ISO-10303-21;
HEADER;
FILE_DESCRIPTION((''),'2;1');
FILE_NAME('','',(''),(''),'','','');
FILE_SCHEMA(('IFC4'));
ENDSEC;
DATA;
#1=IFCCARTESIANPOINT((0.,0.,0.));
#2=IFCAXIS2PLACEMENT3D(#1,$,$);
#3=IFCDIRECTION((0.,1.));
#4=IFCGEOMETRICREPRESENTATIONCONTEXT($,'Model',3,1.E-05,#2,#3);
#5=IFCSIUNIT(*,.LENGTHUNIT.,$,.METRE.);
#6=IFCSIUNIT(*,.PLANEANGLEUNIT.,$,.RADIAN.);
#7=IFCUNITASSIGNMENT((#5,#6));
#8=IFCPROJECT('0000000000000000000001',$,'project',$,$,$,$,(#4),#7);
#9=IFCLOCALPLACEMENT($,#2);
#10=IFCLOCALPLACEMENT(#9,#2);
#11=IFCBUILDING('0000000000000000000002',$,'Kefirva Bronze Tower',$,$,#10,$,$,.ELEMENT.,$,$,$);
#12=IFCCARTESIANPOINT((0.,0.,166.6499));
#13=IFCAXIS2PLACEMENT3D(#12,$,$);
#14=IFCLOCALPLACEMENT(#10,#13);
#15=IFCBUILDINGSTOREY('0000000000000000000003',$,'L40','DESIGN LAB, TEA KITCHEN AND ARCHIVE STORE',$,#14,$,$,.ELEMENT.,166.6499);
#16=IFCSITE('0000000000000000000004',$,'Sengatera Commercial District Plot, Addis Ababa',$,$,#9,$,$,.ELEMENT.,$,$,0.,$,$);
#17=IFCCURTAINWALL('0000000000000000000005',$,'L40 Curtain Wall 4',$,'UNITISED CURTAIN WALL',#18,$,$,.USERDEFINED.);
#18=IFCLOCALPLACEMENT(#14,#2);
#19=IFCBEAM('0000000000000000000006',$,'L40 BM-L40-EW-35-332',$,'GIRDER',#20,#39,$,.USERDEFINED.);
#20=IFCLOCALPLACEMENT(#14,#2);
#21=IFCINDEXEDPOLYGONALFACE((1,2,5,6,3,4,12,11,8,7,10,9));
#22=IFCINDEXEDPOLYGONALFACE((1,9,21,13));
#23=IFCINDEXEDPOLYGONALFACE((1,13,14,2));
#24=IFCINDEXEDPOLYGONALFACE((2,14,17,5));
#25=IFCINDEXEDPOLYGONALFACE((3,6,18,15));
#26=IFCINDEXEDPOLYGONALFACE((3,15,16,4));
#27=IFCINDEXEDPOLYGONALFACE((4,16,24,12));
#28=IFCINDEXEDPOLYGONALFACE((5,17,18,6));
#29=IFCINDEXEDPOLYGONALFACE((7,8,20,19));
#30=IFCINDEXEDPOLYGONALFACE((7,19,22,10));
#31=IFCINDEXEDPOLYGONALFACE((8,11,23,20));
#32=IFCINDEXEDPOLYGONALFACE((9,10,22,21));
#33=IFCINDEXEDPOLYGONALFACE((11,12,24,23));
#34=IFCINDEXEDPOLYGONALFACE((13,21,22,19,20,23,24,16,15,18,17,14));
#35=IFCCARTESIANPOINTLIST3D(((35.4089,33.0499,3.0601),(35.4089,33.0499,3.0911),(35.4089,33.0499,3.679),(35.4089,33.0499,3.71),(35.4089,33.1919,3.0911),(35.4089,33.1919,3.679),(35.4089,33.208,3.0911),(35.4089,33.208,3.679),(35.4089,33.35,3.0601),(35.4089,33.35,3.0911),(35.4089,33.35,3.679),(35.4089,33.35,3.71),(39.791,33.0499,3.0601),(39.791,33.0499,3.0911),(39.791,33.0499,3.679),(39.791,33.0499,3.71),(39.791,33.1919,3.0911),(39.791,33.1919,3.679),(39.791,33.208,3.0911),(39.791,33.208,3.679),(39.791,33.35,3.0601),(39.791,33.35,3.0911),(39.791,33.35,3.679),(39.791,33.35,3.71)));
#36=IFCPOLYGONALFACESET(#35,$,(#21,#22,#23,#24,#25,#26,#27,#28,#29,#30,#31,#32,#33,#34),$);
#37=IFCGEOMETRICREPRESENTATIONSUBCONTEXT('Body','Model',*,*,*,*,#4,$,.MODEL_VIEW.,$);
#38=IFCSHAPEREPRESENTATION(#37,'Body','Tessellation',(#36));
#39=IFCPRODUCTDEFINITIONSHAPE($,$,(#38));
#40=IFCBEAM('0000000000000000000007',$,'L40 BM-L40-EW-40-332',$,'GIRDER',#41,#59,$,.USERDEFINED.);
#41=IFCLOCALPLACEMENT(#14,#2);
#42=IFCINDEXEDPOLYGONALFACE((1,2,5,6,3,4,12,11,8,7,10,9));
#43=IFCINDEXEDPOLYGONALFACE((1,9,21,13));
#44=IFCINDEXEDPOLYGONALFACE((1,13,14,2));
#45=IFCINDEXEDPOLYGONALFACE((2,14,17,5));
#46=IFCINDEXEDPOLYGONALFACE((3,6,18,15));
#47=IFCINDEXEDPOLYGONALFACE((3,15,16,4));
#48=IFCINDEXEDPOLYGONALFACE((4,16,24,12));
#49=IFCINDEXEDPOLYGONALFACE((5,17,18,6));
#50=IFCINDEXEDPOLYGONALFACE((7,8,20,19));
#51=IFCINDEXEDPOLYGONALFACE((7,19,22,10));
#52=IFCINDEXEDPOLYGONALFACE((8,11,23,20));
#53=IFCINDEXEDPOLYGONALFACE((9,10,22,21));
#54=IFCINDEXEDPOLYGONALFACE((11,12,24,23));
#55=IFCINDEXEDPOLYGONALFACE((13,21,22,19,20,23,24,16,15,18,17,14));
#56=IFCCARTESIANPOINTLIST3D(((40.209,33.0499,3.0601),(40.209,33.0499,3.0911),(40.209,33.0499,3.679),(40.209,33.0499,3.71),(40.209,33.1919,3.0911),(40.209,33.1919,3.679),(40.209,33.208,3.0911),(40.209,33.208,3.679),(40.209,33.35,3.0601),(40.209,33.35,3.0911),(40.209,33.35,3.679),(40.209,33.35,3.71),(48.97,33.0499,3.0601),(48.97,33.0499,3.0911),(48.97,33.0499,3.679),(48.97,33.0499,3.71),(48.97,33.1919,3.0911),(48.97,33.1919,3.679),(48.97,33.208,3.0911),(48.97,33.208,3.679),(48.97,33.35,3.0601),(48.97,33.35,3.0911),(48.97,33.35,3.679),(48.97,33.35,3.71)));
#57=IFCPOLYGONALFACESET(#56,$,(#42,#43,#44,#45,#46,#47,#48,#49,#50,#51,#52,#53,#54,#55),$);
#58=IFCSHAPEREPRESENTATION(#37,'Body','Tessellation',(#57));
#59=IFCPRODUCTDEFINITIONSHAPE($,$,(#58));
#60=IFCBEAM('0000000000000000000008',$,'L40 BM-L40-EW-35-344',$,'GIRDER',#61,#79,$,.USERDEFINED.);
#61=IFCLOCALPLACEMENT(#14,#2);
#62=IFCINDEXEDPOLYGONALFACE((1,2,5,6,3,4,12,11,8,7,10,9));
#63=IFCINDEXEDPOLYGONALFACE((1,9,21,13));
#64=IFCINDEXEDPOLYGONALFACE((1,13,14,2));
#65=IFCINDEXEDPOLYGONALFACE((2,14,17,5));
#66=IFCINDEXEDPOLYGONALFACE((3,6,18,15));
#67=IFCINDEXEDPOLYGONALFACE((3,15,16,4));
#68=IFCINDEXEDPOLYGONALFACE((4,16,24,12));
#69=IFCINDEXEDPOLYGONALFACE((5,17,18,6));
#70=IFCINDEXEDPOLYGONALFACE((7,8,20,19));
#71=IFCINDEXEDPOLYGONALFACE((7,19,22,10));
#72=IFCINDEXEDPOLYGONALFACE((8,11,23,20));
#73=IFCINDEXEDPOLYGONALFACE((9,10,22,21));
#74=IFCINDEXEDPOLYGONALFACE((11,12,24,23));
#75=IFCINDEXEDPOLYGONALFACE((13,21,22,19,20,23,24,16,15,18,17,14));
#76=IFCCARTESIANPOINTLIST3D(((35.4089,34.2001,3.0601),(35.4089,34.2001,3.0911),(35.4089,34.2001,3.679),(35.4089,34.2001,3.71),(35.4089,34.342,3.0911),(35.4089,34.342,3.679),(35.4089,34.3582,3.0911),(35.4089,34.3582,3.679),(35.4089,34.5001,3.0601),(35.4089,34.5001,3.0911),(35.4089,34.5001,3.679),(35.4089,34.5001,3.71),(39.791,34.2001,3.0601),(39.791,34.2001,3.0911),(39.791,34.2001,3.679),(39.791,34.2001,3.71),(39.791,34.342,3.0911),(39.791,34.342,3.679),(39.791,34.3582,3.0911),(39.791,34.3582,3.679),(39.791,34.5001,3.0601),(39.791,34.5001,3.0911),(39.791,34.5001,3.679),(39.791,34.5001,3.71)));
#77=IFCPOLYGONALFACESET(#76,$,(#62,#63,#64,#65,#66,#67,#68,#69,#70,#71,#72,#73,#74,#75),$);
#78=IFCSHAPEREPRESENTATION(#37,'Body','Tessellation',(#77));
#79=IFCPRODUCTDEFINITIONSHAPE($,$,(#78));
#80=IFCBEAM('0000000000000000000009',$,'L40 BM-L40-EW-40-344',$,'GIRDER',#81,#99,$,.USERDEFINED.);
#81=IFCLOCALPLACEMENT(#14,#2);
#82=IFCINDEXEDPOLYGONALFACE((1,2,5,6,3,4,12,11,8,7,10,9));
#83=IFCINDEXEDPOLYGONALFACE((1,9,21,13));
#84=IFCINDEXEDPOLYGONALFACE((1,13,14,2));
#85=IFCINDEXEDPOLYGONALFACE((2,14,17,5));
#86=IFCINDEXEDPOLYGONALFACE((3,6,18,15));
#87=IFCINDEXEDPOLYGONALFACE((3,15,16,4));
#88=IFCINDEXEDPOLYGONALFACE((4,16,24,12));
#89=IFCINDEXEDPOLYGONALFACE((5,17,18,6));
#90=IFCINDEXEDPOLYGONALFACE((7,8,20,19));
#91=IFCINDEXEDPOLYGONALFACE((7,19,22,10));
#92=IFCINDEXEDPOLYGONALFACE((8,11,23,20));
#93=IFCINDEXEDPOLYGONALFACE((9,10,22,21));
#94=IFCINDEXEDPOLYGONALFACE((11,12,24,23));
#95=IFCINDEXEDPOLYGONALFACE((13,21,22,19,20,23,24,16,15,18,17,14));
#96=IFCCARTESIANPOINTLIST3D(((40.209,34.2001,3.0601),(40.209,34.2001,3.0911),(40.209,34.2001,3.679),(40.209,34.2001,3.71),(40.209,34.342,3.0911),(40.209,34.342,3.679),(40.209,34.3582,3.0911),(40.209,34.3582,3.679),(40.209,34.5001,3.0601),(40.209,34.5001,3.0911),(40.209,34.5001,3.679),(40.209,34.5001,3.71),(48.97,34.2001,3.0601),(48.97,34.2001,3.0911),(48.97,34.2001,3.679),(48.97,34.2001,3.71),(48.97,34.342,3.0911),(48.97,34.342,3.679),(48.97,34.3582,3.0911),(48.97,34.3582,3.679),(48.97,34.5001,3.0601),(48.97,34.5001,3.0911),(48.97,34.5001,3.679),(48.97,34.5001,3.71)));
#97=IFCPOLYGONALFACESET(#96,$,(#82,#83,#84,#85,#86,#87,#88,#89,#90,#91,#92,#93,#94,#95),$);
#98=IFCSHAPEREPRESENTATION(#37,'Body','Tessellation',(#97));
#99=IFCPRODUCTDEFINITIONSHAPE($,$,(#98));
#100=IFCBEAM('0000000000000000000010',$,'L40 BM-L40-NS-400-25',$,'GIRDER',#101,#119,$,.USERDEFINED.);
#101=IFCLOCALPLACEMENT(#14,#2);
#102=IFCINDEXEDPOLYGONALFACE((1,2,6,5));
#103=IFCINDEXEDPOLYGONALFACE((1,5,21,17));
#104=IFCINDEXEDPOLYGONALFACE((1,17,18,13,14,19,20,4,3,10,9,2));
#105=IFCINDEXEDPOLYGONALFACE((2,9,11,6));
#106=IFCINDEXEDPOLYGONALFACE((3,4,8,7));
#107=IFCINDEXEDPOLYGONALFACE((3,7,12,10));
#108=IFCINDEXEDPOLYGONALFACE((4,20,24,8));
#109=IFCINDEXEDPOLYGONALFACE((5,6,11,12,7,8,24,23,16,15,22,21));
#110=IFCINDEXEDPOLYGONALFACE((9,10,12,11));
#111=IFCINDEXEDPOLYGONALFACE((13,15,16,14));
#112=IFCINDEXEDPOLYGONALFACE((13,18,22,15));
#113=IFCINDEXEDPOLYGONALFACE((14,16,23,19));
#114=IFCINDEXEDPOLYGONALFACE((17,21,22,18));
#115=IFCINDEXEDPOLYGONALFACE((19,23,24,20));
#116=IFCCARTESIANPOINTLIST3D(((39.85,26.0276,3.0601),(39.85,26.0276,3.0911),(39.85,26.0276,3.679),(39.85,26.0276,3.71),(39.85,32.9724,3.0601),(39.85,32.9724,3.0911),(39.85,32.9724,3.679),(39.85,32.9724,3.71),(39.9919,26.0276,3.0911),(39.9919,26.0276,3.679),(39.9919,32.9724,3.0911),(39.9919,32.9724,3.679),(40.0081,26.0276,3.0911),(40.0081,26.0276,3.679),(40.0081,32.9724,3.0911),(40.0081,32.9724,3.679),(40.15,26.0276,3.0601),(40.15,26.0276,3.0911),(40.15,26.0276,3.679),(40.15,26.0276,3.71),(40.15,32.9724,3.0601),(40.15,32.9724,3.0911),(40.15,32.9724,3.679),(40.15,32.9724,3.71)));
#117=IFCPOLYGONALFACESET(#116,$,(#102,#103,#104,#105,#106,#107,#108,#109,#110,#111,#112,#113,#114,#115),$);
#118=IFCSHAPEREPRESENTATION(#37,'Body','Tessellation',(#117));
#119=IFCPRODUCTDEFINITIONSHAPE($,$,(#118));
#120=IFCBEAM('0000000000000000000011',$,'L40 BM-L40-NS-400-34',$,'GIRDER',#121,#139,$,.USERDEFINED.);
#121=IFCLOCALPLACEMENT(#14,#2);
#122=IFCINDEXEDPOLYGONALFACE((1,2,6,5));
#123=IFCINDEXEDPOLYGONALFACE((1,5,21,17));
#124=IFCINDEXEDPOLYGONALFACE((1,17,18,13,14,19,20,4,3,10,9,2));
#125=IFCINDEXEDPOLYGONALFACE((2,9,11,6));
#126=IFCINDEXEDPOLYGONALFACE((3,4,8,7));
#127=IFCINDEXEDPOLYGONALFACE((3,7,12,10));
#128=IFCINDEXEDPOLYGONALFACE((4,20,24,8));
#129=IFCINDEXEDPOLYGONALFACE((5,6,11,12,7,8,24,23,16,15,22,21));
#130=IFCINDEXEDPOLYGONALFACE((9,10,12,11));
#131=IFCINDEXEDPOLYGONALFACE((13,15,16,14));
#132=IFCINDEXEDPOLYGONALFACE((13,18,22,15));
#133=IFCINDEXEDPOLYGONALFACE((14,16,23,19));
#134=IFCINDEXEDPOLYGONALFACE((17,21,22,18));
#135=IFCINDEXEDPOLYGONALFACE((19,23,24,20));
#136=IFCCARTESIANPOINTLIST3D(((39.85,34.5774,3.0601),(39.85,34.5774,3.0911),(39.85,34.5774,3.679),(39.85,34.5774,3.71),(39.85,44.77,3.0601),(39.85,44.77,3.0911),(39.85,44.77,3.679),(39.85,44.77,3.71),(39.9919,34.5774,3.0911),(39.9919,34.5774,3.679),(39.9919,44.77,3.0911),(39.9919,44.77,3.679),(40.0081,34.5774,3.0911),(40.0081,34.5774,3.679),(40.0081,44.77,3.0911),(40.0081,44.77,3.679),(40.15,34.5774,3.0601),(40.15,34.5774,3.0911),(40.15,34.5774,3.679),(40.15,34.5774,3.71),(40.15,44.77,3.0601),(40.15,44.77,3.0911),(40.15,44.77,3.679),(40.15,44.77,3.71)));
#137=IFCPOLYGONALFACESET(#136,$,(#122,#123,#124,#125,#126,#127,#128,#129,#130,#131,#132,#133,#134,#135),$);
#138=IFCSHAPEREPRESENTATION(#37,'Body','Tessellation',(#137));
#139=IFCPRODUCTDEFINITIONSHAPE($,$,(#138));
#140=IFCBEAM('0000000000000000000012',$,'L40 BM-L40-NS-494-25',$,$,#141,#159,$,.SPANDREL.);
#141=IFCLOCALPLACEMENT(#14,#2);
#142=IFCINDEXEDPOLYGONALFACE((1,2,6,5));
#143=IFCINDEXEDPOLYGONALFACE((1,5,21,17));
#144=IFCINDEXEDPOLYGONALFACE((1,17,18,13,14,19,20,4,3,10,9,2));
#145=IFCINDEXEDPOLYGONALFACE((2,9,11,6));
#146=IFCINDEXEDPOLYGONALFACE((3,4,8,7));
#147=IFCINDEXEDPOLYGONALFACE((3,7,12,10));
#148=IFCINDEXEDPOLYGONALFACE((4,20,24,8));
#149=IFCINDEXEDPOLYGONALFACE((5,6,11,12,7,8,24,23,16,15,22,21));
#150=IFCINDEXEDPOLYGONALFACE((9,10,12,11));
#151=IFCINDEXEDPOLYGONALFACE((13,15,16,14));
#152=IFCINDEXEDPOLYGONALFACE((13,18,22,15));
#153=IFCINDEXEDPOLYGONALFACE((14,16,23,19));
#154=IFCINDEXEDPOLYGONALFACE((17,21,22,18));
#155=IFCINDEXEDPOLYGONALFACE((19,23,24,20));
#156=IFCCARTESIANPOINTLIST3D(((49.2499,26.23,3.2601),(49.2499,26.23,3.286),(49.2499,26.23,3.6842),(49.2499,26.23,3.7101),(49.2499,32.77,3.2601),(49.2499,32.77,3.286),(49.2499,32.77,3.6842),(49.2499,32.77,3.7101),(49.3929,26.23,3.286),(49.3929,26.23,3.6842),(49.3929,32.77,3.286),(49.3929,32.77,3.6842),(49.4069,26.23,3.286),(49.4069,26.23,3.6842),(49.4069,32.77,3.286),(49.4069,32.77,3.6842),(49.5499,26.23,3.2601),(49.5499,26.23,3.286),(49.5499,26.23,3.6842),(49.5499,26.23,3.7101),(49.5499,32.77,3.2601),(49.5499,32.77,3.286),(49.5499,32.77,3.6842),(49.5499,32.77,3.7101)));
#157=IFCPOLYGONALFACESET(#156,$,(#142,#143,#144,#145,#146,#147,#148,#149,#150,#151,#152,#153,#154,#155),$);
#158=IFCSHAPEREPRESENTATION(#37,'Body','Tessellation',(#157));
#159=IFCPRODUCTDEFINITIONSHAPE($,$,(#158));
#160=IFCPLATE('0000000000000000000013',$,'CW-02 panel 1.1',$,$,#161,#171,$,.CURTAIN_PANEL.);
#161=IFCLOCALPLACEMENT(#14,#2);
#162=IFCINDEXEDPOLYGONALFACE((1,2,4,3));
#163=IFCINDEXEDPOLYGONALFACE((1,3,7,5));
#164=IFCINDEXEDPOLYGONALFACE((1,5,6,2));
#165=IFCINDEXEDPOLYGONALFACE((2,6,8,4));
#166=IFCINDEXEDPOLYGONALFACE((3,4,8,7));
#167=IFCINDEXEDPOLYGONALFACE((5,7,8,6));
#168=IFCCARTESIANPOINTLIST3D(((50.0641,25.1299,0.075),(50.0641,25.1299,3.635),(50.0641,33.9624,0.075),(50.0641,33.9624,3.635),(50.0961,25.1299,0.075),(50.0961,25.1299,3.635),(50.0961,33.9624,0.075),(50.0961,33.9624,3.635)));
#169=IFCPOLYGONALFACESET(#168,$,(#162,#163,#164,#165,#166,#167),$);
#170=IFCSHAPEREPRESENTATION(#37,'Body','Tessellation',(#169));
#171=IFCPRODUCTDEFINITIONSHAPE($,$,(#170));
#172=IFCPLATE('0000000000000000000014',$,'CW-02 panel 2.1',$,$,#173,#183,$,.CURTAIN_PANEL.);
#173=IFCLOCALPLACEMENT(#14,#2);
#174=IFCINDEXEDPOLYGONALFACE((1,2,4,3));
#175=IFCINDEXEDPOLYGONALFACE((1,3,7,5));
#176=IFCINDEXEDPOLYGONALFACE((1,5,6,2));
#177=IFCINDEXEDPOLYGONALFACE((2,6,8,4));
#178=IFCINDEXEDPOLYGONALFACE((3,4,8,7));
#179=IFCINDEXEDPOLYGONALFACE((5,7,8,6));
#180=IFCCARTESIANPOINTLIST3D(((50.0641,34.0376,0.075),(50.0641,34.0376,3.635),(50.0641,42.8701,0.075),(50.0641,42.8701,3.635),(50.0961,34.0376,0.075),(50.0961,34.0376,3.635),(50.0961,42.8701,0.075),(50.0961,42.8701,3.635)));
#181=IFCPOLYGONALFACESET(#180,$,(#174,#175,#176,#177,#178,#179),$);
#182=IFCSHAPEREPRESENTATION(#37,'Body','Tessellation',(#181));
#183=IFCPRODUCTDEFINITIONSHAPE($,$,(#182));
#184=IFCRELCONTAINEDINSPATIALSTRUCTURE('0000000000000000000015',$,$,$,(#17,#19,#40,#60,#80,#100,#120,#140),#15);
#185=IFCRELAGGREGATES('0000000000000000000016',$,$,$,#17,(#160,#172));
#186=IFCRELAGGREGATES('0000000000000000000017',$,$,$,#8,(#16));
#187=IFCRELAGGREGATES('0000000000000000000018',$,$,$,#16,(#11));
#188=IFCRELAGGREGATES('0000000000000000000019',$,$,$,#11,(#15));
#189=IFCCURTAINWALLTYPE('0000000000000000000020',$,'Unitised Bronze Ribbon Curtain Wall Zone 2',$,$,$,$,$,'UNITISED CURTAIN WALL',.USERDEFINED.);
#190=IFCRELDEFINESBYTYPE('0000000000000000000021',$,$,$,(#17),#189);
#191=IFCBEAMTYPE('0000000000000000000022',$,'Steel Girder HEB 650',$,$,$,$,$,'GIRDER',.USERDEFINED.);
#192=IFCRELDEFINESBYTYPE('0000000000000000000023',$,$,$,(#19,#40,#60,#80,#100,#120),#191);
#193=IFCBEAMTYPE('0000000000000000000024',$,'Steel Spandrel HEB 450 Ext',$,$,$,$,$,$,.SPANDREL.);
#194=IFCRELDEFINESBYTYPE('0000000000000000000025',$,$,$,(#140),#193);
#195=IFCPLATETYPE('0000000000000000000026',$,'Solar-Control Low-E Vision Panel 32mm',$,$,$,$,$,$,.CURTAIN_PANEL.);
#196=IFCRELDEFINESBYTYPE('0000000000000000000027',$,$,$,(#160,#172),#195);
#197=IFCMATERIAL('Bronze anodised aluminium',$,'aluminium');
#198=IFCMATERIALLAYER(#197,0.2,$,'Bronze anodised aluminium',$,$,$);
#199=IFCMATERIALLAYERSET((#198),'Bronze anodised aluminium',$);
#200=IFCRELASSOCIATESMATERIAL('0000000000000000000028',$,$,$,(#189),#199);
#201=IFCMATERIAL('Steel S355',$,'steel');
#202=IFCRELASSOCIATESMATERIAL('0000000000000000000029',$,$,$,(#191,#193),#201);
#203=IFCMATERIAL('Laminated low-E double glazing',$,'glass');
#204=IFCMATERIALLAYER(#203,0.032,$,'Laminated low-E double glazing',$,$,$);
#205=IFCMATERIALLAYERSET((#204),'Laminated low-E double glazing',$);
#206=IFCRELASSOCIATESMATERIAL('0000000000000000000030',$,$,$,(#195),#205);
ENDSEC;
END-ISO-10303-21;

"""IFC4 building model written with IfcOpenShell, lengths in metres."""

from ifc_helpers import new_model, si_unit, direction, frame, origin, origin_2d, place, context, subcontext, project, spatial, rectangle, i_section, extrude, material, layer, layer_set, material_profile, profile_set, type_object, element, aggregate, save


model = new_model("IFC4")

# Units and contexts
model_context = context("Model", 3, precision=1e-05, world=origin(), true_north=direction((0.0, 1.0)))
body_context = subcontext(model_context, "Body", "Model", "MODEL_VIEW")
ifc_project = project(units=[si_unit("LENGTHUNIT", "METRE"), si_unit("PLANEANGLEUNIT", "RADIAN")], contexts=[model_context])

# Site, building, storey
site_placement = place(None, origin())
site = spatial("IfcSite", under=ifc_project, at=site_placement, Name="Sengatera Commercial District Plot, Addis Ababa", CompositionType="ELEMENT", RefElevation=0.0)
building_placement = place(site_placement, origin())
building = spatial("IfcBuilding", under=site, at=building_placement, Name="Kefirva Bronze Tower", CompositionType="ELEMENT")
storey_placement = place(building_placement, frame((0.0, 0.0, 166.6499)))
storey = spatial("IfcBuildingStorey", under=building, at=storey_placement, Name="L40", Description="DESIGN LAB, TEA KITCHEN AND ARCHIVE STORE", CompositionType="ELEMENT", Elevation=166.6499)

# Curtain wall
ifc_material_1 = material(Name="Bronze anodised aluminium", Category="aluminium")
ifc_layer_1 = layer(ifc_material_1, 0.2, Name="Bronze anodised aluminium")
ifc_layer_set_1 = layer_set([ifc_layer_1], Name="Bronze anodised aluminium")
curtain_wall_type = type_object("IfcCurtainWallType", Name="Unitised Bronze Ribbon Curtain Wall Zone 2", ElementType="UNITISED CURTAIN WALL", PredefinedType="USERDEFINED", material=ifc_layer_set_1)
curtain_wall_placement = place(storey_placement, origin())
curtain_wall = element("IfcCurtainWall", 1, at=curtain_wall_placement, inside=storey, type_object=curtain_wall_type, Name="L40 Curtain Wall 4", ObjectType="UNITISED CURTAIN WALL", PredefinedType="USERDEFINED")

# Beams
ifc_material_2 = material(Name="Steel S355", Category="steel")
ifc_material_profile_1 = material_profile(ifc_material_2, i_section(OverallWidth=0.3, OverallDepth=0.6499, WebThickness=0.0161, FlangeThickness=0.031, at=origin_2d()), Name="HEB 650")
ifc_profile_set_1 = profile_set([ifc_material_profile_1], Name="Steel S355")
beam_type_1 = type_object("IfcBeamType", Name="Steel Girder HEB 650", ElementType="GIRDER", PredefinedType="USERDEFINED", material=ifc_profile_set_1)
beam_1_placement = place(storey_placement, frame((35.4089, 33.2, 3.385), z_axis=(1.0, 0.0, 0.0), x_axis=(0.0, 1.0, 0.0)))
element("IfcBeam", 2, at=beam_1_placement, inside=storey, type_object=beam_type_1, Name="L40 BM-L40-EW-35-332", ObjectType="GIRDER", PredefinedType="USERDEFINED", context=body_context, shape_type="SweptSolid", body=[
    extrude(i_section(OverallWidth=0.3, OverallDepth=0.6499, WebThickness=0.0161, FlangeThickness=0.031, at=origin_2d()), origin(), (0.0, 0.0, 1.0), 4.3821),
])
beam_2_placement = place(storey_placement, frame((40.209, 33.2, 3.385), z_axis=(1.0, 0.0, 0.0), x_axis=(0.0, 1.0, 0.0)))
element("IfcBeam", 3, at=beam_2_placement, inside=storey, type_object=beam_type_1, Name="L40 BM-L40-EW-40-332", ObjectType="GIRDER", PredefinedType="USERDEFINED", context=body_context, shape_type="SweptSolid", body=[
    extrude(i_section(OverallWidth=0.3, OverallDepth=0.6499, WebThickness=0.0161, FlangeThickness=0.031, at=origin_2d()), origin(), (0.0, 0.0, 1.0), 8.761),
])
beam_3_placement = place(storey_placement, frame((35.4089, 34.3501, 3.385), z_axis=(1.0, 0.0, 0.0), x_axis=(0.0, 1.0, 0.0)))
element("IfcBeam", 4, at=beam_3_placement, inside=storey, type_object=beam_type_1, Name="L40 BM-L40-EW-35-344", ObjectType="GIRDER", PredefinedType="USERDEFINED", context=body_context, shape_type="SweptSolid", body=[
    extrude(i_section(OverallWidth=0.3, OverallDepth=0.6499, WebThickness=0.0161, FlangeThickness=0.031, at=origin_2d()), origin(), (0.0, 0.0, 1.0), 4.3821),
])
beam_4_placement = place(storey_placement, frame((40.209, 34.3501, 3.385), z_axis=(1.0, 0.0, 0.0), x_axis=(0.0, 1.0, 0.0)))
element("IfcBeam", 5, at=beam_4_placement, inside=storey, type_object=beam_type_1, Name="L40 BM-L40-EW-40-344", ObjectType="GIRDER", PredefinedType="USERDEFINED", context=body_context, shape_type="SweptSolid", body=[
    extrude(i_section(OverallWidth=0.3, OverallDepth=0.6499, WebThickness=0.0161, FlangeThickness=0.031, at=origin_2d()), origin(), (0.0, 0.0, 1.0), 8.761),
])
beam_5_placement = place(storey_placement, frame((40.0, 26.0276, 3.385), z_axis=(0.0, 1.0, 0.0), x_axis=(-1.0, 0.0, 0.0)))
element("IfcBeam", 6, at=beam_5_placement, inside=storey, type_object=beam_type_1, Name="L40 BM-L40-NS-400-25", ObjectType="GIRDER", PredefinedType="USERDEFINED", context=body_context, shape_type="SweptSolid", body=[
    extrude(i_section(OverallWidth=0.3, OverallDepth=0.6499, WebThickness=0.0161, FlangeThickness=0.031, at=origin_2d()), origin(), (0.0, 0.0, 1.0), 6.9448),
])
beam_6_placement = place(storey_placement, frame((40.0, 34.5774, 3.385), z_axis=(0.0, 1.0, 0.0), x_axis=(-1.0, 0.0, 0.0)))
element("IfcBeam", 7, at=beam_6_placement, inside=storey, type_object=beam_type_1, Name="L40 BM-L40-NS-400-34", ObjectType="GIRDER", PredefinedType="USERDEFINED", context=body_context, shape_type="SweptSolid", body=[
    extrude(i_section(OverallWidth=0.3, OverallDepth=0.6499, WebThickness=0.0161, FlangeThickness=0.031, at=origin_2d()), origin(), (0.0, 0.0, 1.0), 10.1926),
])
ifc_material_profile_2 = material_profile(ifc_material_2, i_section(OverallWidth=0.3, OverallDepth=0.45, WebThickness=0.0139, FlangeThickness=0.0259, at=origin_2d()), Name="HEB 450")
ifc_profile_set_2 = profile_set([ifc_material_profile_2], Name="Steel S355")
beam_type_2 = type_object("IfcBeamType", Name="Steel Spandrel HEB 450 Ext", PredefinedType="SPANDREL", material=ifc_profile_set_2)
beam_7_placement = place(storey_placement, frame((49.3999, 26.23, 3.4851), z_axis=(0.0, 1.0, 0.0), x_axis=(-1.0, 0.0, 0.0)))
element("IfcBeam", 8, at=beam_7_placement, inside=storey, type_object=beam_type_2, Name="L40 BM-L40-NS-494-25", PredefinedType="SPANDREL", context=body_context, shape_type="SweptSolid", body=[
    extrude(i_section(OverallWidth=0.3, OverallDepth=0.45, WebThickness=0.0139, FlangeThickness=0.0259, at=origin_2d()), origin(), (0.0, 0.0, 1.0), 6.54),
])

# Plates
ifc_material_3 = material(Name="Laminated low-E double glazing", Category="glass")
ifc_layer_2 = layer(ifc_material_3, 0.032, Name="Laminated low-E double glazing")
ifc_layer_set_2 = layer_set([ifc_layer_2], Name="Laminated low-E double glazing")
plate_type = type_object("IfcPlateType", Name="Solar-Control Low-E Vision Panel 32mm", PredefinedType="CURTAIN_PANEL", material=ifc_layer_set_2)
plate_1_placement = place(storey_placement, frame((50.0801, 29.5461, 0.075), z_axis=(0.0, 0.0, 1.0), x_axis=(0.0, 1.0, 0.0)))
plate_1 = element("IfcPlate", 9, at=plate_1_placement, type_object=plate_type, Name="CW-02 panel 1.1", PredefinedType="CURTAIN_PANEL", context=body_context, shape_type="SweptSolid", body=[
    extrude(rectangle(XDim=8.8325, YDim=0.032, at=origin_2d()), origin(), (0.0, 0.0, 1.0), 3.5601),
])
plate_2_placement = place(storey_placement, frame((50.0801, 38.4539, 0.075), z_axis=(0.0, 0.0, 1.0), x_axis=(0.0, 1.0, 0.0)))
plate_2 = element("IfcPlate", 10, at=plate_2_placement, type_object=plate_type, Name="CW-02 panel 2.1", PredefinedType="CURTAIN_PANEL", context=body_context, shape_type="SweptSolid", body=[
    extrude(rectangle(XDim=8.8325, YDim=0.032, at=origin_2d()), origin(), (0.0, 0.0, 1.0), 3.5601),
])
aggregate(curtain_wall, [plate_1, plate_2])

save(model, "model.ifc")
